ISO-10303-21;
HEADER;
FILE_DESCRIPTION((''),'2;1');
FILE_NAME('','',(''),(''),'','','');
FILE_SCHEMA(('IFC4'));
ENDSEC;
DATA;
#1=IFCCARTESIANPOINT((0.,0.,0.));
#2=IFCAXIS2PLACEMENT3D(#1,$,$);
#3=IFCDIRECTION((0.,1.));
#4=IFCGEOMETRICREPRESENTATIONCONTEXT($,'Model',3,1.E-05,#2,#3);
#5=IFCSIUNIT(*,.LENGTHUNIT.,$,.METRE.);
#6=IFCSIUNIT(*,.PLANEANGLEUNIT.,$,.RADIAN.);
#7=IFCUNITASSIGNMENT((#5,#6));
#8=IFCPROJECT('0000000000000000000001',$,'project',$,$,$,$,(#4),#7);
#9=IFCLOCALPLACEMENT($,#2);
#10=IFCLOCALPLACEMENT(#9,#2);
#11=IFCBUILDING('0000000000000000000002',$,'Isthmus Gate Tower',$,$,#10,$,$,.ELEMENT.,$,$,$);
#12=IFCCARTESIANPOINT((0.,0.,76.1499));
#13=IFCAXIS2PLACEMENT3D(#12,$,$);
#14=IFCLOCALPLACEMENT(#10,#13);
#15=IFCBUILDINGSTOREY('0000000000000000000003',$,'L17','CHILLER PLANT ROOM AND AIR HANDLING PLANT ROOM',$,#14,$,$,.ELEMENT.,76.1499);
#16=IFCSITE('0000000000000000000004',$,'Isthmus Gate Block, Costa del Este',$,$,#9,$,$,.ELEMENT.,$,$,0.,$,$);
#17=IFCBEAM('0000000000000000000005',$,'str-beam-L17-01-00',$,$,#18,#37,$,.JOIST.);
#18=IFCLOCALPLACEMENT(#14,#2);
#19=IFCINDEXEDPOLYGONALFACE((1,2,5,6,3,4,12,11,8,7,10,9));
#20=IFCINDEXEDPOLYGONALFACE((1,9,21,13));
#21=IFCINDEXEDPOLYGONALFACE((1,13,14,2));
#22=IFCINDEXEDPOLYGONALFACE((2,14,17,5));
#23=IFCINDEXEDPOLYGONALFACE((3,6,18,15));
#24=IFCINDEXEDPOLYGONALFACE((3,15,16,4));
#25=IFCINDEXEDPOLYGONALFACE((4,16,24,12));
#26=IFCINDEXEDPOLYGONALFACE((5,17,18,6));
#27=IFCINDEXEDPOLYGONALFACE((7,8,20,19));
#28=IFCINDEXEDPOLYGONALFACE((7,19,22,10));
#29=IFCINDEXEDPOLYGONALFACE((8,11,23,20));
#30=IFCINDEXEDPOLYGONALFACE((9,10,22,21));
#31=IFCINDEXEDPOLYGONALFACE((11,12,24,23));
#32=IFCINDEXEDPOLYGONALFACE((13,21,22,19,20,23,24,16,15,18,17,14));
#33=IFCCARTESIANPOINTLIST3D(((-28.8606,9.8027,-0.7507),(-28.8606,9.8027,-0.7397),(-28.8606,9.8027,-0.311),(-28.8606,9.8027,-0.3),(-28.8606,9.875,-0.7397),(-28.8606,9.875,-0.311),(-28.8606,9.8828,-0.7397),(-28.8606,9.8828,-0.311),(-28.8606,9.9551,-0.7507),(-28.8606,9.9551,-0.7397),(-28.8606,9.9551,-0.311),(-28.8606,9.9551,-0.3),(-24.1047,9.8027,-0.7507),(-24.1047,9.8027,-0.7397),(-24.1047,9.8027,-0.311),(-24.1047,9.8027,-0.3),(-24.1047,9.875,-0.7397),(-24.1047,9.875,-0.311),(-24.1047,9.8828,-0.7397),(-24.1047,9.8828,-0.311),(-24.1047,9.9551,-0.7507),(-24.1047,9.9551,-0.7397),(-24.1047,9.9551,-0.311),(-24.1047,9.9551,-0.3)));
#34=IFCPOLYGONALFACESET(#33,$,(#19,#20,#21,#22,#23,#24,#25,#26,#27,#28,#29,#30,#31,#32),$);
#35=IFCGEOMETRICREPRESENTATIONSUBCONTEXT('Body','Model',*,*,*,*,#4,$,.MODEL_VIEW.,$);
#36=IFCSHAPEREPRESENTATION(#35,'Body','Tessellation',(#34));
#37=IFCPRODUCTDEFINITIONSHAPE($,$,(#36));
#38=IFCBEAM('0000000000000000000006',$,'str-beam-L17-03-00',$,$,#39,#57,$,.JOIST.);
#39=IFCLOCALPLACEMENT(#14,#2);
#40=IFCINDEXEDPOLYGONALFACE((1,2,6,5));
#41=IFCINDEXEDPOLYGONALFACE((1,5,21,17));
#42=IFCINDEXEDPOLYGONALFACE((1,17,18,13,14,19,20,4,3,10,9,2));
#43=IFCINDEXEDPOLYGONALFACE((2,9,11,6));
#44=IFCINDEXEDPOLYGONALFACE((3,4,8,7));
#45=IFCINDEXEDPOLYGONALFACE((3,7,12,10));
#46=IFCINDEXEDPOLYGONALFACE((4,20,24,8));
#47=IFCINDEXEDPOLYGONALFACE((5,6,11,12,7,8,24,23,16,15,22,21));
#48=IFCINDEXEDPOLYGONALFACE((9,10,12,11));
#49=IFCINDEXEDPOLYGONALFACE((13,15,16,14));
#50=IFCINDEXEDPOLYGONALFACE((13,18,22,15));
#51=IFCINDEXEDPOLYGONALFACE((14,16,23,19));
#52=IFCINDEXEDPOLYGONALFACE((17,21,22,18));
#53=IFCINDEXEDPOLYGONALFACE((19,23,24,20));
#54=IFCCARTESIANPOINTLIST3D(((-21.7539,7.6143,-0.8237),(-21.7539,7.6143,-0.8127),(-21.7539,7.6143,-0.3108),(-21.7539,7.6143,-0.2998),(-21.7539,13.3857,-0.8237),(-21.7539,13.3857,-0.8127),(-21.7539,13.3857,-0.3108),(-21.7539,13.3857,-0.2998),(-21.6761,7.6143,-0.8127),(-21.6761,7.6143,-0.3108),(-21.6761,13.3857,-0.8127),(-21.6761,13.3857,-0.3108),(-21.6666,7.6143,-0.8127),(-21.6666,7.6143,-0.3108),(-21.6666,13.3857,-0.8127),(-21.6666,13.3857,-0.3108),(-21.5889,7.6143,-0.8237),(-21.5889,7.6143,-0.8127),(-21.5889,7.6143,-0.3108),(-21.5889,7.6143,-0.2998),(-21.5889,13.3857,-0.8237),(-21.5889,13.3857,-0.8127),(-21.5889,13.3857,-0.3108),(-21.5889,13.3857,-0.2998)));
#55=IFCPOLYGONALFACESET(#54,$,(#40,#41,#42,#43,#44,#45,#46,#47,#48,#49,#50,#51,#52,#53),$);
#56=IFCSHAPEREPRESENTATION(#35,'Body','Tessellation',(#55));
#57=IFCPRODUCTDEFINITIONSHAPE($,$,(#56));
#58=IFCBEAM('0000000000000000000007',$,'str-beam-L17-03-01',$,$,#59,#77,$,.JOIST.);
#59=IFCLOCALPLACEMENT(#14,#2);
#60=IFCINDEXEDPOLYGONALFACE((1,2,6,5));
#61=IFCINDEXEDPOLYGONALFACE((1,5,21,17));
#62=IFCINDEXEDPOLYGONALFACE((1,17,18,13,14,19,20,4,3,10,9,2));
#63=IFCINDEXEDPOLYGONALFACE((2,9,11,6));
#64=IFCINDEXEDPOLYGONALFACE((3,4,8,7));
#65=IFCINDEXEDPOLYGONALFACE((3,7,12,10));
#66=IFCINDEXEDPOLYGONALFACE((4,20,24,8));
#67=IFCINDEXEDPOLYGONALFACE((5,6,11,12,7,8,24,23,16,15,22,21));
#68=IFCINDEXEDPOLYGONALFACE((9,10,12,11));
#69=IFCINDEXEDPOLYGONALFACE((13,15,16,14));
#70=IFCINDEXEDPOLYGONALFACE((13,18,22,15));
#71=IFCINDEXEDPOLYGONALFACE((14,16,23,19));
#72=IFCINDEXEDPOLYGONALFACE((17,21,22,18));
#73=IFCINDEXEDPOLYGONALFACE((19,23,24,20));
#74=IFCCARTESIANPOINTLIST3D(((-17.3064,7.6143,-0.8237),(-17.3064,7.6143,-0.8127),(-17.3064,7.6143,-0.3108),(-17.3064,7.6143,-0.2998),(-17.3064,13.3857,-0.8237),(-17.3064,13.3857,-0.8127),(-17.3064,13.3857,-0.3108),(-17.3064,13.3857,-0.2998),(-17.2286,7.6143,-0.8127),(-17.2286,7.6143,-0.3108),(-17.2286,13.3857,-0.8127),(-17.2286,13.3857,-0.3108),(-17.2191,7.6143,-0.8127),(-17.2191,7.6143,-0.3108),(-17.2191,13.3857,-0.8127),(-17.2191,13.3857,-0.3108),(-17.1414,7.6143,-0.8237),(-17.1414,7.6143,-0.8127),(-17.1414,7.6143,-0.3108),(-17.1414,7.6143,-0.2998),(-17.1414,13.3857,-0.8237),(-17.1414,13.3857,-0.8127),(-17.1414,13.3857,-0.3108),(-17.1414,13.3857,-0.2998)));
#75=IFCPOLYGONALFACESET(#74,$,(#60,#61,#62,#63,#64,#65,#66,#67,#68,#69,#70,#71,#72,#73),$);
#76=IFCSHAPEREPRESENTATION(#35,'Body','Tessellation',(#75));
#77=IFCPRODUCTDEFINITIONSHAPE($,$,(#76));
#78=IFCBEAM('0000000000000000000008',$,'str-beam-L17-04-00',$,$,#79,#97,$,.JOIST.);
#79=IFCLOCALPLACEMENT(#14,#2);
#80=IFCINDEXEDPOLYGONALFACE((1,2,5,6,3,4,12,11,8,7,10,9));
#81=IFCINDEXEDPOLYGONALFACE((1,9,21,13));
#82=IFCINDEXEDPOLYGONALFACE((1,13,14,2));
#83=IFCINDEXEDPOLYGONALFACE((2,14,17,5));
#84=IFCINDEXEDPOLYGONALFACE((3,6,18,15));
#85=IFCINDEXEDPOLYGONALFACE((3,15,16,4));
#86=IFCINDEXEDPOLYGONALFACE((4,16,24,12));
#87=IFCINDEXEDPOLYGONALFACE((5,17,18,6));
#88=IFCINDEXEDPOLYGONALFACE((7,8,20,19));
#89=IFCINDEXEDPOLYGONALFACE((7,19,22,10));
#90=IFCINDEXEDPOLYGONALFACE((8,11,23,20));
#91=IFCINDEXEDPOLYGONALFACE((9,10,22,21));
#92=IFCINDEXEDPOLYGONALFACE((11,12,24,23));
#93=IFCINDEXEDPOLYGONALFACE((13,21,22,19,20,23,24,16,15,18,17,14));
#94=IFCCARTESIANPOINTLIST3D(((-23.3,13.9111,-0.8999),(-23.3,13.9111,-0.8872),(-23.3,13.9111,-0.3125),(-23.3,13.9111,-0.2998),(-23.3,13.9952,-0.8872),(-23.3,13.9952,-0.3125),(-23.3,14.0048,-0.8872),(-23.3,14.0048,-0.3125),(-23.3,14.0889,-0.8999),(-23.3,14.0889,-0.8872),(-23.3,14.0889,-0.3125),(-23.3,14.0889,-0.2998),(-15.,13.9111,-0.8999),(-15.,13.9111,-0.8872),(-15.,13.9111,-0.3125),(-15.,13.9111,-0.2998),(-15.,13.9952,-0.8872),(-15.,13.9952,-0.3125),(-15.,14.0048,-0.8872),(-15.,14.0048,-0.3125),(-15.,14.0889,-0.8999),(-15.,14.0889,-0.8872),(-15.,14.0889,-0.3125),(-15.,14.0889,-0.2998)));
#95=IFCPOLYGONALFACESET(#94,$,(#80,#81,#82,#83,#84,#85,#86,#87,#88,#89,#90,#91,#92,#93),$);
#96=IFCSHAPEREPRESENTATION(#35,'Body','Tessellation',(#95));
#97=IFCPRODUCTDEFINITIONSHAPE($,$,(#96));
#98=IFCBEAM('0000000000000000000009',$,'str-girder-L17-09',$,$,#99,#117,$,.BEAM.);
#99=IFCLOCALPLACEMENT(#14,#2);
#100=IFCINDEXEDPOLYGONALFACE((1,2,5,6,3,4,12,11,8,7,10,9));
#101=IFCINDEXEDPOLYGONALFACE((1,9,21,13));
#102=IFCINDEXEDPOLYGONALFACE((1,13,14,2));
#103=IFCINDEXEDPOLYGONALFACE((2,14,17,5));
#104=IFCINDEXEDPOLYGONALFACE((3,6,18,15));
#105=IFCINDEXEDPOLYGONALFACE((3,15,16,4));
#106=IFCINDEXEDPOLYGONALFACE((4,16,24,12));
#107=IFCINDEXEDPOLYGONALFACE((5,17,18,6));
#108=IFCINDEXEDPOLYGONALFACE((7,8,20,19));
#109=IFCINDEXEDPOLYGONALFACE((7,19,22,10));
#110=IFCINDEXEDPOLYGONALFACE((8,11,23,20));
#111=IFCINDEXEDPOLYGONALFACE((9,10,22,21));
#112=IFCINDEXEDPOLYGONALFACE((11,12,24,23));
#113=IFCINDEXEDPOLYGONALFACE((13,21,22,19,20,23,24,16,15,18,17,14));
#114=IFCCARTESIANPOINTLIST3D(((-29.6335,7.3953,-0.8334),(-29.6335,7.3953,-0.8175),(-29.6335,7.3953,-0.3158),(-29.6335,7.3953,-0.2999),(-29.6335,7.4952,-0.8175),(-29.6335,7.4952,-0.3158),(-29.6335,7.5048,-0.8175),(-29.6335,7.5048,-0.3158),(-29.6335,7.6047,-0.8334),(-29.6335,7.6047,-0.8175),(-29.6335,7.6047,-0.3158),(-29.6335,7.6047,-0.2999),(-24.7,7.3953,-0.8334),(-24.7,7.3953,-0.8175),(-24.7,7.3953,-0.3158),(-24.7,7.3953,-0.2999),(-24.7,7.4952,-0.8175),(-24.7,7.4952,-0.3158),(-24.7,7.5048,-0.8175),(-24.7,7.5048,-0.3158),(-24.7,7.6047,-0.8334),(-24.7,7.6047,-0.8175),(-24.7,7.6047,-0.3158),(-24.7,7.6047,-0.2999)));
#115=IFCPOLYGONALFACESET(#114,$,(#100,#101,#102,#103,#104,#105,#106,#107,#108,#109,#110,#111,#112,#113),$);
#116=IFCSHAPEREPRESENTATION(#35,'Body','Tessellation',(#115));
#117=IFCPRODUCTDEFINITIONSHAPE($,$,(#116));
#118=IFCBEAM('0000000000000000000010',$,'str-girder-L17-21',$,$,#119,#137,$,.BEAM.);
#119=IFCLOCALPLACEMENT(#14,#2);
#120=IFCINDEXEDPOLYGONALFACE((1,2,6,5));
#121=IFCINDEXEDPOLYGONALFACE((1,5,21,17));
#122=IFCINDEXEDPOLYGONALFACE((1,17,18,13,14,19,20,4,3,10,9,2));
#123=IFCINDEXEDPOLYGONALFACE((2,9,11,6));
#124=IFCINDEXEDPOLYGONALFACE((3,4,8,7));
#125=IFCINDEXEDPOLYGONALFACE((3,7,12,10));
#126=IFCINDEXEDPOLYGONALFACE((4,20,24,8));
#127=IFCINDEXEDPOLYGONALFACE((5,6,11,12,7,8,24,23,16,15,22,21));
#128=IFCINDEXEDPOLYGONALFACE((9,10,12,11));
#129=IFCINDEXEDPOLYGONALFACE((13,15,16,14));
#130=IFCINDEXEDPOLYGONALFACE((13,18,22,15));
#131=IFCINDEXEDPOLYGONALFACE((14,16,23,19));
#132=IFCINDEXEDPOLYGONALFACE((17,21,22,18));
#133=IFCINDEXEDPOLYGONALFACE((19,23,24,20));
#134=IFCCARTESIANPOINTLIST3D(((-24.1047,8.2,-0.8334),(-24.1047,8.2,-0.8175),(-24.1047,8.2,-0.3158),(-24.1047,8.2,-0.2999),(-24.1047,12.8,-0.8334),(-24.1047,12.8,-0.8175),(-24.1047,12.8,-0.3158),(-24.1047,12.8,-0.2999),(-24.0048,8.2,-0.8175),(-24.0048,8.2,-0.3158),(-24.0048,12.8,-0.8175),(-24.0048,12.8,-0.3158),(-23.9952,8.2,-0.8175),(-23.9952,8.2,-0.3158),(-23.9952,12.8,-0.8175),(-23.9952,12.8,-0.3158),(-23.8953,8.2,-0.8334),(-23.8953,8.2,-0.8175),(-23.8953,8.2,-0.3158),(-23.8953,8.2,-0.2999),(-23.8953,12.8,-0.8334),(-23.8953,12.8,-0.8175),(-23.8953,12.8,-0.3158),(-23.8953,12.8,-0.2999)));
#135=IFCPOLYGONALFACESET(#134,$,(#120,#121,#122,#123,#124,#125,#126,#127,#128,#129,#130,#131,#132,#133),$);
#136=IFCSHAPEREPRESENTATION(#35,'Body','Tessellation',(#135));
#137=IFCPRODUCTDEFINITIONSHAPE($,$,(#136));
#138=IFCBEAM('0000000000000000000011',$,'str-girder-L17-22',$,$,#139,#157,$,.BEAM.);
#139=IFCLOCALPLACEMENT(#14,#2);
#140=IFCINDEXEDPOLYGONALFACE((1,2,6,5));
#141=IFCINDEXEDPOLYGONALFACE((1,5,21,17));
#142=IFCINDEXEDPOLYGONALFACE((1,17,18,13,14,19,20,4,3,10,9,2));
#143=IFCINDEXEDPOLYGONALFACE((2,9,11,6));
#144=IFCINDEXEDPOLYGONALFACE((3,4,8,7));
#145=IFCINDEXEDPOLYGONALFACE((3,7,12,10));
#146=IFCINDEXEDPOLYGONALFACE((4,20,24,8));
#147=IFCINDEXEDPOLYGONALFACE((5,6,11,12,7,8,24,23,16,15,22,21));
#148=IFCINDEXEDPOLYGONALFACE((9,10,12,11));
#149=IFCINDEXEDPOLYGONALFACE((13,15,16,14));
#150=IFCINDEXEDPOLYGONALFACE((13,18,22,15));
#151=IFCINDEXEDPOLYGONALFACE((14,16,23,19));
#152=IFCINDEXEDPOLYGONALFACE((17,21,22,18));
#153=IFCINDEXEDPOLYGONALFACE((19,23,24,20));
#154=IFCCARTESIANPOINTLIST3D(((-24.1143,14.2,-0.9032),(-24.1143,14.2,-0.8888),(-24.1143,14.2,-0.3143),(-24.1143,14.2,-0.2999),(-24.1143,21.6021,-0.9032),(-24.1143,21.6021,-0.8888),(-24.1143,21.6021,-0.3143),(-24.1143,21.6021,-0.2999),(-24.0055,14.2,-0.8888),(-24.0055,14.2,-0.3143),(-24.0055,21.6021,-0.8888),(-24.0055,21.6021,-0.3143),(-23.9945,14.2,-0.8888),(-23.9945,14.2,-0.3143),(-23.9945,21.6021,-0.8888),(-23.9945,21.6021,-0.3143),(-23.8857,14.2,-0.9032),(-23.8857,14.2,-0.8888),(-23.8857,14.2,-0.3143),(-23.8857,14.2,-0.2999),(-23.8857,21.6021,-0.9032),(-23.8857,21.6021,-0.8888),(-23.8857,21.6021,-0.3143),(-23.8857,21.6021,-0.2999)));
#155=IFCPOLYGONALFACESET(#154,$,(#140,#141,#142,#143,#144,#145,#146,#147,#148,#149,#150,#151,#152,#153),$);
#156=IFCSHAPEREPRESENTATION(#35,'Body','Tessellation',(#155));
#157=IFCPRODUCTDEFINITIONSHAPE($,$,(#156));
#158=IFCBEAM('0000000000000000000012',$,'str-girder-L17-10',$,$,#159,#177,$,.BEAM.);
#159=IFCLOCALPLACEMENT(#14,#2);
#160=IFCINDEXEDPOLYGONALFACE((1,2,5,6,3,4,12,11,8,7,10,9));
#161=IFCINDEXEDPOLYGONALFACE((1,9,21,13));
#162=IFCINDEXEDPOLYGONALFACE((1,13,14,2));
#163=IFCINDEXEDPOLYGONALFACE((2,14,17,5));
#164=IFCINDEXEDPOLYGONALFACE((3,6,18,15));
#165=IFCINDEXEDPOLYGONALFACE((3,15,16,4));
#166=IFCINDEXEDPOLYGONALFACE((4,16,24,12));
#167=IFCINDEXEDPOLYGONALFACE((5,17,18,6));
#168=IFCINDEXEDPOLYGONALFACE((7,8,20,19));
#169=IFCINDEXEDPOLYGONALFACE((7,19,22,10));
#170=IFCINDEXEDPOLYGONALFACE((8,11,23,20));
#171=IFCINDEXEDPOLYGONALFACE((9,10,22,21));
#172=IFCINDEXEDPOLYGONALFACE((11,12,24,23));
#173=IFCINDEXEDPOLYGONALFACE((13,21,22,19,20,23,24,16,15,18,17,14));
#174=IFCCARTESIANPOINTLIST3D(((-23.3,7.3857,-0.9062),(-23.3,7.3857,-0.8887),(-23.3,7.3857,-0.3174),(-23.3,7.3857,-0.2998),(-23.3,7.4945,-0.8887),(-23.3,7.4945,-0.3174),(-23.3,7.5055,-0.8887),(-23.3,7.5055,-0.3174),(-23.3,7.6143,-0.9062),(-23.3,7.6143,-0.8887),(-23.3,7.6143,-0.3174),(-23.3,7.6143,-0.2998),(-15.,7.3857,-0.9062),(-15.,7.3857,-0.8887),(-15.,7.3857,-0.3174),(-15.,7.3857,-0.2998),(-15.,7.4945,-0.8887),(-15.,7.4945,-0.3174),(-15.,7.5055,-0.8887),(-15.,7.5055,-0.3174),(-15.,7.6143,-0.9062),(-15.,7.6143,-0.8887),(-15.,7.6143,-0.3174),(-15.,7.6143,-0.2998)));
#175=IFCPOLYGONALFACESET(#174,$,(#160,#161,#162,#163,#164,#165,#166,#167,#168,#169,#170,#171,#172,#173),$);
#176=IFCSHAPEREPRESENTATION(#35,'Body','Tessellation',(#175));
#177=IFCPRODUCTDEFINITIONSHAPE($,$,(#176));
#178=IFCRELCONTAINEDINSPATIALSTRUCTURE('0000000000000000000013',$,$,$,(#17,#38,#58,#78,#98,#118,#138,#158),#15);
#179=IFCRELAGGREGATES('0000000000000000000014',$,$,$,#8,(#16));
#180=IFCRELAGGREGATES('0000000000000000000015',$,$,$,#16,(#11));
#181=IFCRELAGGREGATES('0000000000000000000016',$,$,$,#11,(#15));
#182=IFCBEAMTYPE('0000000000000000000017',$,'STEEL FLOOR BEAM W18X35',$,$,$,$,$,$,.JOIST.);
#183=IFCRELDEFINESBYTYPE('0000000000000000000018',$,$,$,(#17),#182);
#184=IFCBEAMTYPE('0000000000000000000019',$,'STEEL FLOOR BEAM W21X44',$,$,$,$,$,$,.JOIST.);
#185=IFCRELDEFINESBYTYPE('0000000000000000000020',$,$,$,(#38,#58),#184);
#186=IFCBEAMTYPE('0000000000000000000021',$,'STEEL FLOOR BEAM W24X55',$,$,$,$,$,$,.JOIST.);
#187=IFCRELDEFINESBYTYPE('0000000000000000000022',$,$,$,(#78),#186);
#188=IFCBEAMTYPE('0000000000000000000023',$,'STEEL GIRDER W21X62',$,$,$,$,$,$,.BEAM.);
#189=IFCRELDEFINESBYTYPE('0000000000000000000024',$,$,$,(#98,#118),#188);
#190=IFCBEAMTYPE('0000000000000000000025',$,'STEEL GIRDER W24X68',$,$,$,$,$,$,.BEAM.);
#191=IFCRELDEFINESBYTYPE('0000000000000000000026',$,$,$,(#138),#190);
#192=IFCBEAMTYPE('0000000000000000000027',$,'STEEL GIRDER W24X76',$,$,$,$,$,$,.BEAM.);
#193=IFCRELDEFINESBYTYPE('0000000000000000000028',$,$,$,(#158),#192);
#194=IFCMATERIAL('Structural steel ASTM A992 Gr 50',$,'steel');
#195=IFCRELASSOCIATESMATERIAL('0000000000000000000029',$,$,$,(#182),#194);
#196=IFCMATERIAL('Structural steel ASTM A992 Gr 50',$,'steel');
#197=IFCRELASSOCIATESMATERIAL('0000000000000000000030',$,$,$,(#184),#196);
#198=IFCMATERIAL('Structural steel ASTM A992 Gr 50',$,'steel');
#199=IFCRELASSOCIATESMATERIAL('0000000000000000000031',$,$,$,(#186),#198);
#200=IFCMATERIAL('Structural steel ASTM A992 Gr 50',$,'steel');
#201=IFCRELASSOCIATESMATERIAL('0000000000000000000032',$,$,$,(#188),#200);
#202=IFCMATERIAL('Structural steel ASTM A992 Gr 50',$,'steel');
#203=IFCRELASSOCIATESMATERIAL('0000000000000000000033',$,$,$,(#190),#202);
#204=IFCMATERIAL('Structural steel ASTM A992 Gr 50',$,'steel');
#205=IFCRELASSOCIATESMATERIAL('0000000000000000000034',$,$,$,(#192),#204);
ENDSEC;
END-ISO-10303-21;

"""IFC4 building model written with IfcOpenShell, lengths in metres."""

from ifc_helpers import new_model, si_unit, direction, frame, origin, origin_2d, place, context, subcontext, project, spatial, i_section, extrude, material, material_profile, profile_set, type_object, element, save


model = new_model("IFC4")

# Units and contexts
model_context = context("Model", 3, precision=1e-05, world=origin(), true_north=direction((0.0, 1.0)))
body_context = subcontext(model_context, "Body", "Model", "MODEL_VIEW")
ifc_project = project(units=[si_unit("LENGTHUNIT", "METRE"), si_unit("PLANEANGLEUNIT", "RADIAN")], contexts=[model_context])

# Site, building, storey
site_placement = place(None, origin())
site = spatial("IfcSite", under=ifc_project, at=site_placement, Name="Isthmus Gate Block, Costa del Este", CompositionType="ELEMENT", RefElevation=0.0)
building_placement = place(site_placement, origin())
building = spatial("IfcBuilding", under=site, at=building_placement, Name="Isthmus Gate Tower", CompositionType="ELEMENT")
storey_placement = place(building_placement, frame((0.0, 0.0, 76.1499)))
storey = spatial("IfcBuildingStorey", under=building, at=storey_placement, Name="L17", Description="CHILLER PLANT ROOM AND AIR HANDLING PLANT ROOM", CompositionType="ELEMENT", Elevation=76.1499)

# Beams
ifc_material_1 = material(Name="Structural steel ASTM A992 Gr 50", Category="steel")
ifc_material_profile_1 = material_profile(ifc_material_1, i_section(OverallWidth=0.1523, OverallDepth=0.4507, WebThickness=0.0078, FlangeThickness=0.011, at=origin_2d()), Name="W18X35")
ifc_profile_set_1 = profile_set([ifc_material_profile_1], Name="Structural steel ASTM A992 Gr 50")
beam_type_1 = type_object("IfcBeamType", Name="STEEL FLOOR BEAM W18X35", PredefinedType="JOIST", material=ifc_profile_set_1)
beam_1_placement = place(storey_placement, frame((-28.8606, 9.8789, -0.5254), z_axis=(1.0, 0.0, 0.0), x_axis=(0.0, 1.0, 0.0)))
element("IfcBeam", 1, at=beam_1_placement, inside=storey, type_object=beam_type_1, Name="str-beam-L17-01-00", PredefinedType="JOIST", context=body_context, shape_type="SweptSolid", body=[
    extrude(i_section(OverallWidth=0.1523, OverallDepth=0.4507, WebThickness=0.0078, FlangeThickness=0.011, at=origin_2d()), origin(), (0.0, 0.0, 1.0), 4.7559),
])
ifc_material_2 = material(Name="Structural steel ASTM A992 Gr 50", Category="steel")
ifc_material_profile_2 = material_profile(ifc_material_2, i_section(OverallWidth=0.165, OverallDepth=0.5239, WebThickness=0.0095, FlangeThickness=0.011, at=origin_2d()), Name="W21X44")
ifc_profile_set_2 = profile_set([ifc_material_profile_2], Name="Structural steel ASTM A992 Gr 50")
beam_type_2 = type_object("IfcBeamType", Name="STEEL FLOOR BEAM W21X44", PredefinedType="JOIST", material=ifc_profile_set_2)
for number, where, z_axis, x_axis, name in (
    (2, (-21.6714, 7.6143, -0.5618), (0.0, 1.0, 0.0), (-1.0, 0.0, 0.0), "str-beam-L17-03-00"),
    (3, (-17.2239, 7.6143, -0.5618), (0.0, 1.0, 0.0), (-1.0, 0.0, 0.0), "str-beam-L17-03-01"),
):
    element("IfcBeam", number, at=place(storey_placement, frame(where, z_axis=z_axis, x_axis=x_axis)), inside=storey, type_object=beam_type_2, Name=name, PredefinedType="JOIST", context=body_context, shape_type="SweptSolid", body=[
        extrude(i_section(OverallWidth=0.165, OverallDepth=0.5239, WebThickness=0.0095, FlangeThickness=0.011, at=origin_2d()), origin(), (0.0, 0.0, 1.0), 5.7715),
    ])
ifc_material_3 = material(Name="Structural steel ASTM A992 Gr 50", Category="steel")
ifc_material_profile_3 = material_profile(ifc_material_3, i_section(OverallWidth=0.1777, OverallDepth=0.6001, WebThickness=0.0095, FlangeThickness=0.0127, at=origin_2d()), Name="W24X55")
ifc_profile_set_3 = profile_set([ifc_material_profile_3], Name="Structural steel ASTM A992 Gr 50")
beam_type_3 = type_object("IfcBeamType", Name="STEEL FLOOR BEAM W24X55", PredefinedType="JOIST", material=ifc_profile_set_3)
beam_2_placement = place(storey_placement, frame((-23.3, 14.0, -0.5999), z_axis=(1.0, 0.0, 0.0), x_axis=(0.0, 1.0, 0.0)))
element("IfcBeam", 4, at=beam_2_placement, inside=storey, type_object=beam_type_3, Name="str-beam-L17-04-00", PredefinedType="JOIST", context=body_context, shape_type="SweptSolid", body=[
    extrude(i_section(OverallWidth=0.1777, OverallDepth=0.6001, WebThickness=0.0095, FlangeThickness=0.0127, at=origin_2d()), origin(), (0.0, 0.0, 1.0), 8.3),
])
ifc_material_4 = material(Name="Structural steel ASTM A992 Gr 50", Category="steel")
ifc_material_profile_4 = material_profile(ifc_material_4, i_section(OverallWidth=0.2095, OverallDepth=0.5334, WebThickness=0.0095, FlangeThickness=0.0159, at=origin_2d()), Name="W21X62")
ifc_profile_set_4 = profile_set([ifc_material_profile_4], Name="Structural steel ASTM A992 Gr 50")
beam_type_4 = type_object("IfcBeamType", Name="STEEL GIRDER W21X62", PredefinedType="BEAM", material=ifc_profile_set_4)
beam_3_placement = place(storey_placement, frame((-29.6335, 7.5, -0.5667), z_axis=(1.0, 0.0, 0.0), x_axis=(0.0, 1.0, 0.0)))
element("IfcBeam", 5, at=beam_3_placement, inside=storey, type_object=beam_type_4, Name="str-girder-L17-09", PredefinedType="BEAM", context=body_context, shape_type="SweptSolid", body=[
    extrude(i_section(OverallWidth=0.2095, OverallDepth=0.5334, WebThickness=0.0095, FlangeThickness=0.0159, at=origin_2d()), origin(), (0.0, 0.0, 1.0), 4.9336),
])
beam_4_placement = place(storey_placement, frame((-24.0, 8.2, -0.5667), z_axis=(0.0, 1.0, 0.0), x_axis=(-1.0, 0.0, 0.0)))
element("IfcBeam", 6, at=beam_4_placement, inside=storey, type_object=beam_type_4, Name="str-girder-L17-21", PredefinedType="BEAM", context=body_context, shape_type="SweptSolid", body=[
    extrude(i_section(OverallWidth=0.2095, OverallDepth=0.5334, WebThickness=0.0095, FlangeThickness=0.0159, at=origin_2d()), origin(), (0.0, 0.0, 1.0), 4.6001),
])
ifc_material_5 = material(Name="Structural steel ASTM A992 Gr 50", Category="steel")
ifc_material_profile_5 = material_profile(ifc_material_5, i_section(OverallWidth=0.2285, OverallDepth=0.6033, WebThickness=0.011, FlangeThickness=0.0144, at=origin_2d()), Name="W24X68")
ifc_profile_set_5 = profile_set([ifc_material_profile_5], Name="Structural steel ASTM A992 Gr 50")
beam_type_5 = type_object("IfcBeamType", Name="STEEL GIRDER W24X68", PredefinedType="BEAM", material=ifc_profile_set_5)
beam_5_placement = place(storey_placement, frame((-24.0, 14.2, -0.6016), z_axis=(0.0, 1.0, 0.0), x_axis=(-1.0, 0.0, 0.0)))
element("IfcBeam", 7, at=beam_5_placement, inside=storey, type_object=beam_type_5, Name="str-girder-L17-22", PredefinedType="BEAM", context=body_context, shape_type="SweptSolid", body=[
    extrude(i_section(OverallWidth=0.2285, OverallDepth=0.6033, WebThickness=0.011, FlangeThickness=0.0144, at=origin_2d()), origin(), (0.0, 0.0, 1.0), 7.4021),
])
ifc_material_6 = material(Name="Structural steel ASTM A992 Gr 50", Category="steel")
ifc_material_profile_6 = material_profile(ifc_material_6, i_section(OverallWidth=0.2285, OverallDepth=0.6064, WebThickness=0.011, FlangeThickness=0.0176, at=origin_2d()), Name="W24X76")
ifc_profile_set_6 = profile_set([ifc_material_profile_6], Name="Structural steel ASTM A992 Gr 50")
beam_type_6 = type_object("IfcBeamType", Name="STEEL GIRDER W24X76", PredefinedType="BEAM", material=ifc_profile_set_6)
for number, where, z_axis, x_axis, name in (
    (8, (-23.3, 7.5, -0.603), (1.0, 0.0, 0.0), (0.0, 1.0, 0.0), "str-girder-L17-10"),
):
    element("IfcBeam", number, at=place(storey_placement, frame(where, z_axis=z_axis, x_axis=x_axis)), inside=storey, type_object=beam_type_6, Name=name, PredefinedType="BEAM", context=body_context, shape_type="SweptSolid", body=[
        extrude(i_section(OverallWidth=0.2285, OverallDepth=0.6064, WebThickness=0.011, FlangeThickness=0.0176, at=origin_2d()), origin(), (0.0, 0.0, 1.0), 8.3),
    ])

save(model, "model.ifc")
